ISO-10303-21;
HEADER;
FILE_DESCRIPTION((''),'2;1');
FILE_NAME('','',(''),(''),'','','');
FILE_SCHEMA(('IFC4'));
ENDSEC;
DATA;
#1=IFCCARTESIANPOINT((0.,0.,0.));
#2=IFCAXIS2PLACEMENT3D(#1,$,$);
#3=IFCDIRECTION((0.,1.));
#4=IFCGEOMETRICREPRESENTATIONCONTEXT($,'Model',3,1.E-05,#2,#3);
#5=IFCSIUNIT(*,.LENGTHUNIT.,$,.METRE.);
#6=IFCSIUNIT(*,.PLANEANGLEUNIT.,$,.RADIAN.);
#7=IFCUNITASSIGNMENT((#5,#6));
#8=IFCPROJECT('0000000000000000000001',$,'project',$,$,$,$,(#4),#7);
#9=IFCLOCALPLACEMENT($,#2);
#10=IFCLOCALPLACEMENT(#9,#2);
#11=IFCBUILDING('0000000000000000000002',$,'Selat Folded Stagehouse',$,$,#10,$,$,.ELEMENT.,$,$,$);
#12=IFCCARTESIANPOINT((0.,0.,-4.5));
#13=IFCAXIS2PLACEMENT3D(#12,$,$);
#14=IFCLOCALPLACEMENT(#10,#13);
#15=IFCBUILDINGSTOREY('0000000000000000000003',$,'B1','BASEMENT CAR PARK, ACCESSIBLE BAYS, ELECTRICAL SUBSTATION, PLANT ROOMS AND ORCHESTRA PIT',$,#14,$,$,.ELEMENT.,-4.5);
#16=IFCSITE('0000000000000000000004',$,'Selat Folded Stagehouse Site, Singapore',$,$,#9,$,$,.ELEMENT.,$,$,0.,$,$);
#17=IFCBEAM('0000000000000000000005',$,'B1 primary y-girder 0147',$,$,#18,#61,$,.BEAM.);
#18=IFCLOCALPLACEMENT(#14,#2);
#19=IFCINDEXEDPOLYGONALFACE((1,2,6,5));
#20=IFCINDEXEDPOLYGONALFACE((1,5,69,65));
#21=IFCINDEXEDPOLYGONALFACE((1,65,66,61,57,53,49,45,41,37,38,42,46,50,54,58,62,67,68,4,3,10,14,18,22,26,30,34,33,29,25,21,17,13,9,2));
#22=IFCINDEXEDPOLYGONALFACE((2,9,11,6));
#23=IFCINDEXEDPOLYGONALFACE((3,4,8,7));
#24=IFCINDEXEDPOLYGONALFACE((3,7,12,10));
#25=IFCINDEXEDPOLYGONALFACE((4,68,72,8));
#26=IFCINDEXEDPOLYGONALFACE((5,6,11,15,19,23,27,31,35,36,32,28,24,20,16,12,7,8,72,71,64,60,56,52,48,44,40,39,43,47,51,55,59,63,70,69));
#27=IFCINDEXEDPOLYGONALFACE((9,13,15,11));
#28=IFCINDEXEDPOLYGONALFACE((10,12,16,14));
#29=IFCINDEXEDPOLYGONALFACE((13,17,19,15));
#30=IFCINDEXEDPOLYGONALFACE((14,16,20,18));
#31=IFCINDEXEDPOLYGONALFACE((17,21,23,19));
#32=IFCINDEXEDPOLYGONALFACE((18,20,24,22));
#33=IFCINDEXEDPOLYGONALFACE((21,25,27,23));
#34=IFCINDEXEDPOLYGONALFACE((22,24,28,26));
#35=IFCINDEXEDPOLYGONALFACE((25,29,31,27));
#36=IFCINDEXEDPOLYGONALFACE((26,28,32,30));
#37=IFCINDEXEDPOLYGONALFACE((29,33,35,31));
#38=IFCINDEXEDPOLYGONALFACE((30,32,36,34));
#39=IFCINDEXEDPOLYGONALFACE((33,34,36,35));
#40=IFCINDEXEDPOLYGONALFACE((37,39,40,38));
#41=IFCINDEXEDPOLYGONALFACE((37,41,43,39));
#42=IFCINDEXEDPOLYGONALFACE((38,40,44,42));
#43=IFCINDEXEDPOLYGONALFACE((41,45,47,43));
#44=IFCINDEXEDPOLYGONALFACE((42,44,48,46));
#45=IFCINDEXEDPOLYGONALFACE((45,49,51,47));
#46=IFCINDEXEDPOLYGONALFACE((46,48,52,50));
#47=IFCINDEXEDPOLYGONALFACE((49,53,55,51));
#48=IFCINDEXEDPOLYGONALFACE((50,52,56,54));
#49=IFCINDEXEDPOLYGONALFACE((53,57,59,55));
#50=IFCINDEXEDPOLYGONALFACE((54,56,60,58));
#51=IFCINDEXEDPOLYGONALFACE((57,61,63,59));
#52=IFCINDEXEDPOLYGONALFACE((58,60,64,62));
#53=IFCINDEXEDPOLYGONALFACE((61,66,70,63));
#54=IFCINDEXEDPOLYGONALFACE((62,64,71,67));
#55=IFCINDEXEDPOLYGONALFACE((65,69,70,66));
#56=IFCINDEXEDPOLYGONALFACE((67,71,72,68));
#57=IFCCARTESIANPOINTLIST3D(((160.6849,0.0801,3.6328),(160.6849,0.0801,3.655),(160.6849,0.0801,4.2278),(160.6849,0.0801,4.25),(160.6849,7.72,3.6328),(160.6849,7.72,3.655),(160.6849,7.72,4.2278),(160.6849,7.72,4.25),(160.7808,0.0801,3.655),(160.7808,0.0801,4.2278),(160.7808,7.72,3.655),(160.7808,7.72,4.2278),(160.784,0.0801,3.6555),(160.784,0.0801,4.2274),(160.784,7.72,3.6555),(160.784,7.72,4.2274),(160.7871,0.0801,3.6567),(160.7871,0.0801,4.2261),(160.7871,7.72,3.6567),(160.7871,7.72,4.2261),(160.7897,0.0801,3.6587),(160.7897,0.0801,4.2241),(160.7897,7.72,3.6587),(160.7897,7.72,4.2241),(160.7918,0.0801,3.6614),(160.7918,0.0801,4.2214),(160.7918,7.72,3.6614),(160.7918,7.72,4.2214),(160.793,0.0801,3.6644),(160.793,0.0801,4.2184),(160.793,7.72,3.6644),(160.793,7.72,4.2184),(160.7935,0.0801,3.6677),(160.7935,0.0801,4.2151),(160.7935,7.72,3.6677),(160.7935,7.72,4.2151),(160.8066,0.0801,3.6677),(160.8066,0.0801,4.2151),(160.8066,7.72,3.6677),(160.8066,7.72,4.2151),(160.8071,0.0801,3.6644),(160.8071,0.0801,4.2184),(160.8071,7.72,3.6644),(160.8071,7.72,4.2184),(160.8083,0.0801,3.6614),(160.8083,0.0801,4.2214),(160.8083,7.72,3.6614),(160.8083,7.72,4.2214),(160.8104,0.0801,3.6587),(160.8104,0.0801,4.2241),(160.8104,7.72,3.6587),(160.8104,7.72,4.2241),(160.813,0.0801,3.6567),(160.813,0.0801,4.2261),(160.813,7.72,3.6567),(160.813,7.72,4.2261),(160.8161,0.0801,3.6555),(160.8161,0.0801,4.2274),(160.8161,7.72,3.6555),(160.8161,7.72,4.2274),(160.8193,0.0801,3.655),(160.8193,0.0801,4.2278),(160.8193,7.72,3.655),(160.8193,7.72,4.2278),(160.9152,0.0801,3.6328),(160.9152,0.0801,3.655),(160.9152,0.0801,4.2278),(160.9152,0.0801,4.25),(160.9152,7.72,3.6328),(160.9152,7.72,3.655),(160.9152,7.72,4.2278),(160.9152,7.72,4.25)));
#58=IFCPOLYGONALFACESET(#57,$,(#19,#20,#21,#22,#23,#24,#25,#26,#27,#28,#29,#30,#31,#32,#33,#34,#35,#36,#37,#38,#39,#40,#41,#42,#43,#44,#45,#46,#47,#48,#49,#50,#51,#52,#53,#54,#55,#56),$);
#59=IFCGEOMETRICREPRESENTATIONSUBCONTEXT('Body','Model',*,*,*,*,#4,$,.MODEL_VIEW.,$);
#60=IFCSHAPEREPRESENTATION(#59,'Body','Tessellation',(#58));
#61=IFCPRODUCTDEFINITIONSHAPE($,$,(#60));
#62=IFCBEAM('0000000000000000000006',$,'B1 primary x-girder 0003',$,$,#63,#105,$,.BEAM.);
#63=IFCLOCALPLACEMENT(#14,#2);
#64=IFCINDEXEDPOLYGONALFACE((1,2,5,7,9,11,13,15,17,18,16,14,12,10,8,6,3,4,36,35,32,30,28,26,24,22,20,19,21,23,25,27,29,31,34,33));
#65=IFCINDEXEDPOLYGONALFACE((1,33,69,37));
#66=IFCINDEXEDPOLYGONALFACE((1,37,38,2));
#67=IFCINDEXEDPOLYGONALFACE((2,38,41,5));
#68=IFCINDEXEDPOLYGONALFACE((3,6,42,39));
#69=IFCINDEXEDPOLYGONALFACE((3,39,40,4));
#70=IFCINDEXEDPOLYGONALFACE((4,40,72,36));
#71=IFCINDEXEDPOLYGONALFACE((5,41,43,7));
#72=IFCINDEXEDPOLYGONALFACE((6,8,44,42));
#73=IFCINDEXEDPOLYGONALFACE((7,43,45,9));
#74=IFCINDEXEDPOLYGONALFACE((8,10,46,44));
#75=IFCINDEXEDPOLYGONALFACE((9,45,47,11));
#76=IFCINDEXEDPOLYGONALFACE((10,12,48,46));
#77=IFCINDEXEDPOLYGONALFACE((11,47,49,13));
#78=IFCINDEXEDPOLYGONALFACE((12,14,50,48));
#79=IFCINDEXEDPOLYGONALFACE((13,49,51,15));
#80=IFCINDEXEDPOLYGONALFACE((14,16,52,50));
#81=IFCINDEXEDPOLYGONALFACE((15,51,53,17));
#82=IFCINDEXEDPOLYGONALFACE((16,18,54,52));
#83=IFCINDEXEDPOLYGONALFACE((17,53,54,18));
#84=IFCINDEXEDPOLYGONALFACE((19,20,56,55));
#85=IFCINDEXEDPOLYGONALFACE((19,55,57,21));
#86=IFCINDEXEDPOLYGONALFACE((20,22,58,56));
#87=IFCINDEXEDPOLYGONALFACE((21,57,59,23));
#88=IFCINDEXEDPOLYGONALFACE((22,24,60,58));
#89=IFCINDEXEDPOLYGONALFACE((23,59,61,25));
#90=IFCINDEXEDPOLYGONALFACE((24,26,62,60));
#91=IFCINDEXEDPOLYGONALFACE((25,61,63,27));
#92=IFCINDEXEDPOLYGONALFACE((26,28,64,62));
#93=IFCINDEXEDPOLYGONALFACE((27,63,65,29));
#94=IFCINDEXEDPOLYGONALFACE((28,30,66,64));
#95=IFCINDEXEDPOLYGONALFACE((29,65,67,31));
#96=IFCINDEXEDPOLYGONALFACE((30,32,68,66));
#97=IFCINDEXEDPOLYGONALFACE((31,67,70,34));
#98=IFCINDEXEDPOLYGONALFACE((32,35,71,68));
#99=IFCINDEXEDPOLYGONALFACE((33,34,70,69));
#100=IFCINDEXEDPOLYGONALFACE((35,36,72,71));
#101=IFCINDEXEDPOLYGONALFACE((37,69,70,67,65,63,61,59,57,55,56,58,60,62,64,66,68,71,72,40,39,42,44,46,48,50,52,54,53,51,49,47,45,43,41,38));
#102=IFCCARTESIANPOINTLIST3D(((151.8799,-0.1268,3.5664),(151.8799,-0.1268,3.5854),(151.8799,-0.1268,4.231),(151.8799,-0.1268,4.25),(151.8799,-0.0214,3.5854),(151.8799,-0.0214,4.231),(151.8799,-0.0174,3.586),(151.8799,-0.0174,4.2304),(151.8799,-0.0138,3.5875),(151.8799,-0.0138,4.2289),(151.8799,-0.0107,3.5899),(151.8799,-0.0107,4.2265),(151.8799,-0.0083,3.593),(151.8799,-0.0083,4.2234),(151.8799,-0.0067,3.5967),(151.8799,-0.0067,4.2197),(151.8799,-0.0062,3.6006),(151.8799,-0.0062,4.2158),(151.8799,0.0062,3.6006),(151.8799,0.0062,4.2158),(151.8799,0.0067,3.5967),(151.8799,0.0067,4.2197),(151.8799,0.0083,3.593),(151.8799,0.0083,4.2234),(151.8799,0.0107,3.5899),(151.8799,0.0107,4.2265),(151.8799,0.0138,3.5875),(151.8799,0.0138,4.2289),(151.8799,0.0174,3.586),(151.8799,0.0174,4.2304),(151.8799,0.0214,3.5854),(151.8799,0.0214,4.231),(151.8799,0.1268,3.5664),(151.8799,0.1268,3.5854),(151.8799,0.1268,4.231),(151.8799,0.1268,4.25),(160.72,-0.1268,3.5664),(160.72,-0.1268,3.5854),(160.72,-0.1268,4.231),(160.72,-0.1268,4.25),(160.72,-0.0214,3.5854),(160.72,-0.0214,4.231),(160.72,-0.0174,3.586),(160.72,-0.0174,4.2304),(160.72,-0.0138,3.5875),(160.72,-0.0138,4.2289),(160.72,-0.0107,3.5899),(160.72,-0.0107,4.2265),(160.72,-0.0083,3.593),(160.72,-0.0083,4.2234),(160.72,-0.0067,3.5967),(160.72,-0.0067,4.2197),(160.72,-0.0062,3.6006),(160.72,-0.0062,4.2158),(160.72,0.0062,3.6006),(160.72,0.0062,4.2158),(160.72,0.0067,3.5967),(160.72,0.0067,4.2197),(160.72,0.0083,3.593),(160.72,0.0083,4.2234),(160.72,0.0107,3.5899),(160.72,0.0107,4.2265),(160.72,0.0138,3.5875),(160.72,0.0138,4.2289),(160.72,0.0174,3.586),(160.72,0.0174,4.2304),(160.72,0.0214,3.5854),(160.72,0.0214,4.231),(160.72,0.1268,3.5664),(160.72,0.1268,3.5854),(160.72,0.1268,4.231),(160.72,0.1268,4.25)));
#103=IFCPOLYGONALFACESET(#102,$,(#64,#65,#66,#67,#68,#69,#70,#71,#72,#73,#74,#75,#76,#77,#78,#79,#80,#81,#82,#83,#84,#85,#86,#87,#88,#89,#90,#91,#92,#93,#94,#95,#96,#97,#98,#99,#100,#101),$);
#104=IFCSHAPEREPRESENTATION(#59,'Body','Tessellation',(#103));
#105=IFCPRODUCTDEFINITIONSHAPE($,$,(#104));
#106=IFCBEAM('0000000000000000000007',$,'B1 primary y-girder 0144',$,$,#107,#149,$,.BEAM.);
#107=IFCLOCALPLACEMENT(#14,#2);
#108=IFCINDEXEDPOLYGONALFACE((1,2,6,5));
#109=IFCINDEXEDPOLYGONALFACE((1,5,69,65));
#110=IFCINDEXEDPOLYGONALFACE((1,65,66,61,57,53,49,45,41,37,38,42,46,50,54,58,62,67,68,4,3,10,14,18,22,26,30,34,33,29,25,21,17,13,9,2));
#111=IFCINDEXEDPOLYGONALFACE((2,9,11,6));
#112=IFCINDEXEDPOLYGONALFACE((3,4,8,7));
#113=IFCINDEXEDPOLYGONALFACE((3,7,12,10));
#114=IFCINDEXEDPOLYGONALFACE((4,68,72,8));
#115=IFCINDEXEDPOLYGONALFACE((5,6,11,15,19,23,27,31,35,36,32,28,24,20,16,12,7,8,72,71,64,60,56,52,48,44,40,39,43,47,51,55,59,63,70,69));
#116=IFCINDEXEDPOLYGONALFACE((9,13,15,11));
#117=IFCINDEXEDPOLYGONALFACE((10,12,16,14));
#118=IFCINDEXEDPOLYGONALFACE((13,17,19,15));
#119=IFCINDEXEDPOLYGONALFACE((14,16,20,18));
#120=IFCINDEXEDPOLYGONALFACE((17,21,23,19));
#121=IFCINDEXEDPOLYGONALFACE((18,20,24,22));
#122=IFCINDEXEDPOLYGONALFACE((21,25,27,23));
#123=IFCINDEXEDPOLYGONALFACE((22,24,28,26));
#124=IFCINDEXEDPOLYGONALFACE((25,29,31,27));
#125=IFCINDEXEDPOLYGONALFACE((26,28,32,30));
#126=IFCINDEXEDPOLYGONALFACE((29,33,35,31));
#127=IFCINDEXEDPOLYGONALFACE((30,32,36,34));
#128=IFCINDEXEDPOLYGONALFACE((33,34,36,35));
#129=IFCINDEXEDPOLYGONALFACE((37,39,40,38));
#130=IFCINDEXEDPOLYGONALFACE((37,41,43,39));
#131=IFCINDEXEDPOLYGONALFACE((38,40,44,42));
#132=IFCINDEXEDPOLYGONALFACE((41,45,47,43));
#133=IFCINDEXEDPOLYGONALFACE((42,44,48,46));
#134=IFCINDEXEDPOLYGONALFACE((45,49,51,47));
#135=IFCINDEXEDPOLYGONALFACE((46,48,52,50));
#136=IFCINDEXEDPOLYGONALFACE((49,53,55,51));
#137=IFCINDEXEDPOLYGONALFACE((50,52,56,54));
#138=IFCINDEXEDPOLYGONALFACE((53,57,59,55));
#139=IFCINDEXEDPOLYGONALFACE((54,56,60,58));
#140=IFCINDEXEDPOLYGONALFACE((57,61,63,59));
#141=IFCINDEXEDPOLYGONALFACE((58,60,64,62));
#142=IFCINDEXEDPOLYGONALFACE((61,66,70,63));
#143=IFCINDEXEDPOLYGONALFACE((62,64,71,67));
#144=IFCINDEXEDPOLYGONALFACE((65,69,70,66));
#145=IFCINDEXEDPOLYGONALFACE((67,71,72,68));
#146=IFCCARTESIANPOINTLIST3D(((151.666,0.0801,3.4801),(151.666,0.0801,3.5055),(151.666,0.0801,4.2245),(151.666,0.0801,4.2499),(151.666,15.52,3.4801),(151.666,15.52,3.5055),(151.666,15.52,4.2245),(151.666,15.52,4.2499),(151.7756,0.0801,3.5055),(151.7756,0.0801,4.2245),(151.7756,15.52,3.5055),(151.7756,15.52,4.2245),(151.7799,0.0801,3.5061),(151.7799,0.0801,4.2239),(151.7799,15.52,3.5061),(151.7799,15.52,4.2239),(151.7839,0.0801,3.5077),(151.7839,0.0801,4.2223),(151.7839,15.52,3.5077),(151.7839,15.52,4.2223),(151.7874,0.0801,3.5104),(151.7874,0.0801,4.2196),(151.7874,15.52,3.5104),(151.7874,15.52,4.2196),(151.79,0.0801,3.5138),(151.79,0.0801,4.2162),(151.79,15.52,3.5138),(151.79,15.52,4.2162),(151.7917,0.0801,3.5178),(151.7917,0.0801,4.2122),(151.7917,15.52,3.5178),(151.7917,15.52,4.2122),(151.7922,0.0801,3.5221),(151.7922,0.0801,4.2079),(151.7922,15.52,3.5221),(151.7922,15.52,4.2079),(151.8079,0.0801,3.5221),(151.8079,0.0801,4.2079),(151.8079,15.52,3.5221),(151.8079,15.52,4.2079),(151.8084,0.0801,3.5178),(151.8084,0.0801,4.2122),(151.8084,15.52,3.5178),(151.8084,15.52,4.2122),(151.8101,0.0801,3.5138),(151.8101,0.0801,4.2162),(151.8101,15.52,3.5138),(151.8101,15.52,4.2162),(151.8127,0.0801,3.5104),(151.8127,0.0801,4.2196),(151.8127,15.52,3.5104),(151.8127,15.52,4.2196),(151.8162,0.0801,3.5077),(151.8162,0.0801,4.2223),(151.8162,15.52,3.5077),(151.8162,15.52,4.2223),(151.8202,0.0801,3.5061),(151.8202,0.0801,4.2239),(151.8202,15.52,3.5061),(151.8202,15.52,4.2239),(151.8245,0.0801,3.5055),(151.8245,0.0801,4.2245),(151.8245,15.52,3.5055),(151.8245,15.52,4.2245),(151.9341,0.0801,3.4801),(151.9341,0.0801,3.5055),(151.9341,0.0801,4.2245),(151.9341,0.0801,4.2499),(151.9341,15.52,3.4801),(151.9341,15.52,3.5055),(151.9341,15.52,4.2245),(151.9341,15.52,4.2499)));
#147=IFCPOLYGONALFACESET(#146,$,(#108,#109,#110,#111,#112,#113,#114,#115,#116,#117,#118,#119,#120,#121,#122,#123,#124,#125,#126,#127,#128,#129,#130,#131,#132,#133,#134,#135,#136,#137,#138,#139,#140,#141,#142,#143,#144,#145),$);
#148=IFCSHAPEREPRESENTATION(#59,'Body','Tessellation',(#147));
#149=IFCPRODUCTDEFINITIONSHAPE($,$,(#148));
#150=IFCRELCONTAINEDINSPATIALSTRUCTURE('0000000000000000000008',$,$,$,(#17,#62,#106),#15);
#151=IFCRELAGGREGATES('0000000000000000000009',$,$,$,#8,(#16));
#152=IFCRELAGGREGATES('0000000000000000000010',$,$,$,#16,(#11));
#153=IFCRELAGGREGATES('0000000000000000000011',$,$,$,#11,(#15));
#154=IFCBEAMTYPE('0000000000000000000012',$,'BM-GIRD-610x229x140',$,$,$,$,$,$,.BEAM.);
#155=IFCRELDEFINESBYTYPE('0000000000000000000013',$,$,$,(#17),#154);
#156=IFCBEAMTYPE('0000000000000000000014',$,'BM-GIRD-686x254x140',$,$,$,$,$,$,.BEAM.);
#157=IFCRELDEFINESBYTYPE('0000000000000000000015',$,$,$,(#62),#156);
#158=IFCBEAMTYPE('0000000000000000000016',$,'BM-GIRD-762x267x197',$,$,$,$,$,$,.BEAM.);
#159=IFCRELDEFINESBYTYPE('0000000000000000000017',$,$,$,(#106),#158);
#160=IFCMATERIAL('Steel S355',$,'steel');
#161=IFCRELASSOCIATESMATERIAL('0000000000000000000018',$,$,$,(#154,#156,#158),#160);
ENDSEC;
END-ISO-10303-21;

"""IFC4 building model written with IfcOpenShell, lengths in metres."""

from ifc_helpers import new_model, si_unit, direction, frame, origin, origin_2d, place, context, subcontext, project, spatial, i_section, extrude, material, material_profile, profile_set, type_object, element, save


model = new_model("IFC4")

# Units and contexts
model_context = context("Model", 3, precision=1e-05, world=origin(), true_north=direction((0.0, 1.0)))
body_context = subcontext(model_context, "Body", "Model", "MODEL_VIEW")
ifc_project = project(units=[si_unit("LENGTHUNIT", "METRE"), si_unit("PLANEANGLEUNIT", "RADIAN")], contexts=[model_context])

# Site, building, storey
site_placement = place(None, origin())
site = spatial("IfcSite", under=ifc_project, at=site_placement, Name="Selat Folded Stagehouse Site, Singapore", CompositionType="ELEMENT", RefElevation=0.0)
building_placement = place(site_placement, origin())
building = spatial("IfcBuilding", under=site, at=building_placement, Name="Selat Folded Stagehouse", CompositionType="ELEMENT")
storey_placement = place(building_placement, frame((0.0, 0.0, -4.5)))
storey = spatial("IfcBuildingStorey", under=building, at=storey_placement, Name="B1", Description="BASEMENT CAR PARK, ACCESSIBLE BAYS, ELECTRICAL SUBSTATION, PLANT ROOMS AND ORCHESTRA PIT", CompositionType="ELEMENT", Elevation=-4.5)

# Shared definitions
ifc_material_1 = material(Name="Steel S355", Category="steel")

# Beams
ifc_material_profile_1 = material_profile(ifc_material_1, i_section(OverallWidth=0.2302, OverallDepth=0.6172, WebThickness=0.0132, FlangeThickness=0.0222, FilletRadius=0.0127, at=origin_2d()), Name="UKB 610x229x140")
ifc_profile_set_1 = profile_set([ifc_material_profile_1], Name="Steel S355")
beam_type_1 = type_object("IfcBeamType", Name="BM-GIRD-610x229x140", PredefinedType="BEAM", material=ifc_profile_set_1)
beam_1_placement = place(storey_placement, frame((160.8, 0.0801, 3.9414), z_axis=(0.0, 1.0, 0.0), x_axis=(-1.0, 0.0, 0.0)))
element("IfcBeam", 1, at=beam_1_placement, inside=storey, type_object=beam_type_1, Name="B1 primary y-girder 0147", PredefinedType="BEAM", context=body_context, shape_type="SweptSolid", body=[
    extrude(i_section(OverallWidth=0.2302, OverallDepth=0.6172, WebThickness=0.0132, FlangeThickness=0.0222, FilletRadius=0.0127, at=origin_2d()), origin(), (0.0, 0.0, 1.0), 7.6399),
])
ifc_material_profile_2 = material_profile(ifc_material_1, i_section(OverallWidth=0.2537, OverallDepth=0.6836, WebThickness=0.0125, FlangeThickness=0.019, FilletRadius=0.0151, at=origin_2d()), Name="UKB 686x254x140")
ifc_profile_set_2 = profile_set([ifc_material_profile_2], Name="Steel S355")
beam_type_2 = type_object("IfcBeamType", Name="BM-GIRD-686x254x140", PredefinedType="BEAM", material=ifc_profile_set_2)
beam_2_placement = place(storey_placement, frame((151.8799, 0.0, 3.9082), z_axis=(1.0, 0.0, 0.0), x_axis=(0.0, 1.0, 0.0)))
element("IfcBeam", 2, at=beam_2_placement, inside=storey, type_object=beam_type_2, Name="B1 primary x-girder 0003", PredefinedType="BEAM", context=body_context, shape_type="SweptSolid", body=[
    extrude(i_section(OverallWidth=0.2537, OverallDepth=0.6836, WebThickness=0.0125, FlangeThickness=0.019, FilletRadius=0.0151, at=origin_2d()), origin(), (0.0, 0.0, 1.0), 8.8401),
])
ifc_material_profile_3 = material_profile(ifc_material_1, i_section(OverallWidth=0.2681, OverallDepth=0.7698, WebThickness=0.0156, FlangeThickness=0.0254, FilletRadius=0.0166, at=origin_2d()), Name="UKB 762x267x197")
ifc_profile_set_3 = profile_set([ifc_material_profile_3], Name="Steel S355")
beam_type_3 = type_object("IfcBeamType", Name="BM-GIRD-762x267x197", PredefinedType="BEAM", material=ifc_profile_set_3)
beam_3_placement = place(storey_placement, frame((151.8, 0.0801, 3.865), z_axis=(0.0, 1.0, 0.0), x_axis=(-1.0, 0.0, 0.0)))
element("IfcBeam", 3, at=beam_3_placement, inside=storey, type_object=beam_type_3, Name="B1 primary y-girder 0144", PredefinedType="BEAM", context=body_context, shape_type="SweptSolid", body=[
    extrude(i_section(OverallWidth=0.2681, OverallDepth=0.7698, WebThickness=0.0156, FlangeThickness=0.0254, FilletRadius=0.0166, at=origin_2d()), origin(), (0.0, 0.0, 1.0), 15.4399),
])

save(model, "model.ifc")
